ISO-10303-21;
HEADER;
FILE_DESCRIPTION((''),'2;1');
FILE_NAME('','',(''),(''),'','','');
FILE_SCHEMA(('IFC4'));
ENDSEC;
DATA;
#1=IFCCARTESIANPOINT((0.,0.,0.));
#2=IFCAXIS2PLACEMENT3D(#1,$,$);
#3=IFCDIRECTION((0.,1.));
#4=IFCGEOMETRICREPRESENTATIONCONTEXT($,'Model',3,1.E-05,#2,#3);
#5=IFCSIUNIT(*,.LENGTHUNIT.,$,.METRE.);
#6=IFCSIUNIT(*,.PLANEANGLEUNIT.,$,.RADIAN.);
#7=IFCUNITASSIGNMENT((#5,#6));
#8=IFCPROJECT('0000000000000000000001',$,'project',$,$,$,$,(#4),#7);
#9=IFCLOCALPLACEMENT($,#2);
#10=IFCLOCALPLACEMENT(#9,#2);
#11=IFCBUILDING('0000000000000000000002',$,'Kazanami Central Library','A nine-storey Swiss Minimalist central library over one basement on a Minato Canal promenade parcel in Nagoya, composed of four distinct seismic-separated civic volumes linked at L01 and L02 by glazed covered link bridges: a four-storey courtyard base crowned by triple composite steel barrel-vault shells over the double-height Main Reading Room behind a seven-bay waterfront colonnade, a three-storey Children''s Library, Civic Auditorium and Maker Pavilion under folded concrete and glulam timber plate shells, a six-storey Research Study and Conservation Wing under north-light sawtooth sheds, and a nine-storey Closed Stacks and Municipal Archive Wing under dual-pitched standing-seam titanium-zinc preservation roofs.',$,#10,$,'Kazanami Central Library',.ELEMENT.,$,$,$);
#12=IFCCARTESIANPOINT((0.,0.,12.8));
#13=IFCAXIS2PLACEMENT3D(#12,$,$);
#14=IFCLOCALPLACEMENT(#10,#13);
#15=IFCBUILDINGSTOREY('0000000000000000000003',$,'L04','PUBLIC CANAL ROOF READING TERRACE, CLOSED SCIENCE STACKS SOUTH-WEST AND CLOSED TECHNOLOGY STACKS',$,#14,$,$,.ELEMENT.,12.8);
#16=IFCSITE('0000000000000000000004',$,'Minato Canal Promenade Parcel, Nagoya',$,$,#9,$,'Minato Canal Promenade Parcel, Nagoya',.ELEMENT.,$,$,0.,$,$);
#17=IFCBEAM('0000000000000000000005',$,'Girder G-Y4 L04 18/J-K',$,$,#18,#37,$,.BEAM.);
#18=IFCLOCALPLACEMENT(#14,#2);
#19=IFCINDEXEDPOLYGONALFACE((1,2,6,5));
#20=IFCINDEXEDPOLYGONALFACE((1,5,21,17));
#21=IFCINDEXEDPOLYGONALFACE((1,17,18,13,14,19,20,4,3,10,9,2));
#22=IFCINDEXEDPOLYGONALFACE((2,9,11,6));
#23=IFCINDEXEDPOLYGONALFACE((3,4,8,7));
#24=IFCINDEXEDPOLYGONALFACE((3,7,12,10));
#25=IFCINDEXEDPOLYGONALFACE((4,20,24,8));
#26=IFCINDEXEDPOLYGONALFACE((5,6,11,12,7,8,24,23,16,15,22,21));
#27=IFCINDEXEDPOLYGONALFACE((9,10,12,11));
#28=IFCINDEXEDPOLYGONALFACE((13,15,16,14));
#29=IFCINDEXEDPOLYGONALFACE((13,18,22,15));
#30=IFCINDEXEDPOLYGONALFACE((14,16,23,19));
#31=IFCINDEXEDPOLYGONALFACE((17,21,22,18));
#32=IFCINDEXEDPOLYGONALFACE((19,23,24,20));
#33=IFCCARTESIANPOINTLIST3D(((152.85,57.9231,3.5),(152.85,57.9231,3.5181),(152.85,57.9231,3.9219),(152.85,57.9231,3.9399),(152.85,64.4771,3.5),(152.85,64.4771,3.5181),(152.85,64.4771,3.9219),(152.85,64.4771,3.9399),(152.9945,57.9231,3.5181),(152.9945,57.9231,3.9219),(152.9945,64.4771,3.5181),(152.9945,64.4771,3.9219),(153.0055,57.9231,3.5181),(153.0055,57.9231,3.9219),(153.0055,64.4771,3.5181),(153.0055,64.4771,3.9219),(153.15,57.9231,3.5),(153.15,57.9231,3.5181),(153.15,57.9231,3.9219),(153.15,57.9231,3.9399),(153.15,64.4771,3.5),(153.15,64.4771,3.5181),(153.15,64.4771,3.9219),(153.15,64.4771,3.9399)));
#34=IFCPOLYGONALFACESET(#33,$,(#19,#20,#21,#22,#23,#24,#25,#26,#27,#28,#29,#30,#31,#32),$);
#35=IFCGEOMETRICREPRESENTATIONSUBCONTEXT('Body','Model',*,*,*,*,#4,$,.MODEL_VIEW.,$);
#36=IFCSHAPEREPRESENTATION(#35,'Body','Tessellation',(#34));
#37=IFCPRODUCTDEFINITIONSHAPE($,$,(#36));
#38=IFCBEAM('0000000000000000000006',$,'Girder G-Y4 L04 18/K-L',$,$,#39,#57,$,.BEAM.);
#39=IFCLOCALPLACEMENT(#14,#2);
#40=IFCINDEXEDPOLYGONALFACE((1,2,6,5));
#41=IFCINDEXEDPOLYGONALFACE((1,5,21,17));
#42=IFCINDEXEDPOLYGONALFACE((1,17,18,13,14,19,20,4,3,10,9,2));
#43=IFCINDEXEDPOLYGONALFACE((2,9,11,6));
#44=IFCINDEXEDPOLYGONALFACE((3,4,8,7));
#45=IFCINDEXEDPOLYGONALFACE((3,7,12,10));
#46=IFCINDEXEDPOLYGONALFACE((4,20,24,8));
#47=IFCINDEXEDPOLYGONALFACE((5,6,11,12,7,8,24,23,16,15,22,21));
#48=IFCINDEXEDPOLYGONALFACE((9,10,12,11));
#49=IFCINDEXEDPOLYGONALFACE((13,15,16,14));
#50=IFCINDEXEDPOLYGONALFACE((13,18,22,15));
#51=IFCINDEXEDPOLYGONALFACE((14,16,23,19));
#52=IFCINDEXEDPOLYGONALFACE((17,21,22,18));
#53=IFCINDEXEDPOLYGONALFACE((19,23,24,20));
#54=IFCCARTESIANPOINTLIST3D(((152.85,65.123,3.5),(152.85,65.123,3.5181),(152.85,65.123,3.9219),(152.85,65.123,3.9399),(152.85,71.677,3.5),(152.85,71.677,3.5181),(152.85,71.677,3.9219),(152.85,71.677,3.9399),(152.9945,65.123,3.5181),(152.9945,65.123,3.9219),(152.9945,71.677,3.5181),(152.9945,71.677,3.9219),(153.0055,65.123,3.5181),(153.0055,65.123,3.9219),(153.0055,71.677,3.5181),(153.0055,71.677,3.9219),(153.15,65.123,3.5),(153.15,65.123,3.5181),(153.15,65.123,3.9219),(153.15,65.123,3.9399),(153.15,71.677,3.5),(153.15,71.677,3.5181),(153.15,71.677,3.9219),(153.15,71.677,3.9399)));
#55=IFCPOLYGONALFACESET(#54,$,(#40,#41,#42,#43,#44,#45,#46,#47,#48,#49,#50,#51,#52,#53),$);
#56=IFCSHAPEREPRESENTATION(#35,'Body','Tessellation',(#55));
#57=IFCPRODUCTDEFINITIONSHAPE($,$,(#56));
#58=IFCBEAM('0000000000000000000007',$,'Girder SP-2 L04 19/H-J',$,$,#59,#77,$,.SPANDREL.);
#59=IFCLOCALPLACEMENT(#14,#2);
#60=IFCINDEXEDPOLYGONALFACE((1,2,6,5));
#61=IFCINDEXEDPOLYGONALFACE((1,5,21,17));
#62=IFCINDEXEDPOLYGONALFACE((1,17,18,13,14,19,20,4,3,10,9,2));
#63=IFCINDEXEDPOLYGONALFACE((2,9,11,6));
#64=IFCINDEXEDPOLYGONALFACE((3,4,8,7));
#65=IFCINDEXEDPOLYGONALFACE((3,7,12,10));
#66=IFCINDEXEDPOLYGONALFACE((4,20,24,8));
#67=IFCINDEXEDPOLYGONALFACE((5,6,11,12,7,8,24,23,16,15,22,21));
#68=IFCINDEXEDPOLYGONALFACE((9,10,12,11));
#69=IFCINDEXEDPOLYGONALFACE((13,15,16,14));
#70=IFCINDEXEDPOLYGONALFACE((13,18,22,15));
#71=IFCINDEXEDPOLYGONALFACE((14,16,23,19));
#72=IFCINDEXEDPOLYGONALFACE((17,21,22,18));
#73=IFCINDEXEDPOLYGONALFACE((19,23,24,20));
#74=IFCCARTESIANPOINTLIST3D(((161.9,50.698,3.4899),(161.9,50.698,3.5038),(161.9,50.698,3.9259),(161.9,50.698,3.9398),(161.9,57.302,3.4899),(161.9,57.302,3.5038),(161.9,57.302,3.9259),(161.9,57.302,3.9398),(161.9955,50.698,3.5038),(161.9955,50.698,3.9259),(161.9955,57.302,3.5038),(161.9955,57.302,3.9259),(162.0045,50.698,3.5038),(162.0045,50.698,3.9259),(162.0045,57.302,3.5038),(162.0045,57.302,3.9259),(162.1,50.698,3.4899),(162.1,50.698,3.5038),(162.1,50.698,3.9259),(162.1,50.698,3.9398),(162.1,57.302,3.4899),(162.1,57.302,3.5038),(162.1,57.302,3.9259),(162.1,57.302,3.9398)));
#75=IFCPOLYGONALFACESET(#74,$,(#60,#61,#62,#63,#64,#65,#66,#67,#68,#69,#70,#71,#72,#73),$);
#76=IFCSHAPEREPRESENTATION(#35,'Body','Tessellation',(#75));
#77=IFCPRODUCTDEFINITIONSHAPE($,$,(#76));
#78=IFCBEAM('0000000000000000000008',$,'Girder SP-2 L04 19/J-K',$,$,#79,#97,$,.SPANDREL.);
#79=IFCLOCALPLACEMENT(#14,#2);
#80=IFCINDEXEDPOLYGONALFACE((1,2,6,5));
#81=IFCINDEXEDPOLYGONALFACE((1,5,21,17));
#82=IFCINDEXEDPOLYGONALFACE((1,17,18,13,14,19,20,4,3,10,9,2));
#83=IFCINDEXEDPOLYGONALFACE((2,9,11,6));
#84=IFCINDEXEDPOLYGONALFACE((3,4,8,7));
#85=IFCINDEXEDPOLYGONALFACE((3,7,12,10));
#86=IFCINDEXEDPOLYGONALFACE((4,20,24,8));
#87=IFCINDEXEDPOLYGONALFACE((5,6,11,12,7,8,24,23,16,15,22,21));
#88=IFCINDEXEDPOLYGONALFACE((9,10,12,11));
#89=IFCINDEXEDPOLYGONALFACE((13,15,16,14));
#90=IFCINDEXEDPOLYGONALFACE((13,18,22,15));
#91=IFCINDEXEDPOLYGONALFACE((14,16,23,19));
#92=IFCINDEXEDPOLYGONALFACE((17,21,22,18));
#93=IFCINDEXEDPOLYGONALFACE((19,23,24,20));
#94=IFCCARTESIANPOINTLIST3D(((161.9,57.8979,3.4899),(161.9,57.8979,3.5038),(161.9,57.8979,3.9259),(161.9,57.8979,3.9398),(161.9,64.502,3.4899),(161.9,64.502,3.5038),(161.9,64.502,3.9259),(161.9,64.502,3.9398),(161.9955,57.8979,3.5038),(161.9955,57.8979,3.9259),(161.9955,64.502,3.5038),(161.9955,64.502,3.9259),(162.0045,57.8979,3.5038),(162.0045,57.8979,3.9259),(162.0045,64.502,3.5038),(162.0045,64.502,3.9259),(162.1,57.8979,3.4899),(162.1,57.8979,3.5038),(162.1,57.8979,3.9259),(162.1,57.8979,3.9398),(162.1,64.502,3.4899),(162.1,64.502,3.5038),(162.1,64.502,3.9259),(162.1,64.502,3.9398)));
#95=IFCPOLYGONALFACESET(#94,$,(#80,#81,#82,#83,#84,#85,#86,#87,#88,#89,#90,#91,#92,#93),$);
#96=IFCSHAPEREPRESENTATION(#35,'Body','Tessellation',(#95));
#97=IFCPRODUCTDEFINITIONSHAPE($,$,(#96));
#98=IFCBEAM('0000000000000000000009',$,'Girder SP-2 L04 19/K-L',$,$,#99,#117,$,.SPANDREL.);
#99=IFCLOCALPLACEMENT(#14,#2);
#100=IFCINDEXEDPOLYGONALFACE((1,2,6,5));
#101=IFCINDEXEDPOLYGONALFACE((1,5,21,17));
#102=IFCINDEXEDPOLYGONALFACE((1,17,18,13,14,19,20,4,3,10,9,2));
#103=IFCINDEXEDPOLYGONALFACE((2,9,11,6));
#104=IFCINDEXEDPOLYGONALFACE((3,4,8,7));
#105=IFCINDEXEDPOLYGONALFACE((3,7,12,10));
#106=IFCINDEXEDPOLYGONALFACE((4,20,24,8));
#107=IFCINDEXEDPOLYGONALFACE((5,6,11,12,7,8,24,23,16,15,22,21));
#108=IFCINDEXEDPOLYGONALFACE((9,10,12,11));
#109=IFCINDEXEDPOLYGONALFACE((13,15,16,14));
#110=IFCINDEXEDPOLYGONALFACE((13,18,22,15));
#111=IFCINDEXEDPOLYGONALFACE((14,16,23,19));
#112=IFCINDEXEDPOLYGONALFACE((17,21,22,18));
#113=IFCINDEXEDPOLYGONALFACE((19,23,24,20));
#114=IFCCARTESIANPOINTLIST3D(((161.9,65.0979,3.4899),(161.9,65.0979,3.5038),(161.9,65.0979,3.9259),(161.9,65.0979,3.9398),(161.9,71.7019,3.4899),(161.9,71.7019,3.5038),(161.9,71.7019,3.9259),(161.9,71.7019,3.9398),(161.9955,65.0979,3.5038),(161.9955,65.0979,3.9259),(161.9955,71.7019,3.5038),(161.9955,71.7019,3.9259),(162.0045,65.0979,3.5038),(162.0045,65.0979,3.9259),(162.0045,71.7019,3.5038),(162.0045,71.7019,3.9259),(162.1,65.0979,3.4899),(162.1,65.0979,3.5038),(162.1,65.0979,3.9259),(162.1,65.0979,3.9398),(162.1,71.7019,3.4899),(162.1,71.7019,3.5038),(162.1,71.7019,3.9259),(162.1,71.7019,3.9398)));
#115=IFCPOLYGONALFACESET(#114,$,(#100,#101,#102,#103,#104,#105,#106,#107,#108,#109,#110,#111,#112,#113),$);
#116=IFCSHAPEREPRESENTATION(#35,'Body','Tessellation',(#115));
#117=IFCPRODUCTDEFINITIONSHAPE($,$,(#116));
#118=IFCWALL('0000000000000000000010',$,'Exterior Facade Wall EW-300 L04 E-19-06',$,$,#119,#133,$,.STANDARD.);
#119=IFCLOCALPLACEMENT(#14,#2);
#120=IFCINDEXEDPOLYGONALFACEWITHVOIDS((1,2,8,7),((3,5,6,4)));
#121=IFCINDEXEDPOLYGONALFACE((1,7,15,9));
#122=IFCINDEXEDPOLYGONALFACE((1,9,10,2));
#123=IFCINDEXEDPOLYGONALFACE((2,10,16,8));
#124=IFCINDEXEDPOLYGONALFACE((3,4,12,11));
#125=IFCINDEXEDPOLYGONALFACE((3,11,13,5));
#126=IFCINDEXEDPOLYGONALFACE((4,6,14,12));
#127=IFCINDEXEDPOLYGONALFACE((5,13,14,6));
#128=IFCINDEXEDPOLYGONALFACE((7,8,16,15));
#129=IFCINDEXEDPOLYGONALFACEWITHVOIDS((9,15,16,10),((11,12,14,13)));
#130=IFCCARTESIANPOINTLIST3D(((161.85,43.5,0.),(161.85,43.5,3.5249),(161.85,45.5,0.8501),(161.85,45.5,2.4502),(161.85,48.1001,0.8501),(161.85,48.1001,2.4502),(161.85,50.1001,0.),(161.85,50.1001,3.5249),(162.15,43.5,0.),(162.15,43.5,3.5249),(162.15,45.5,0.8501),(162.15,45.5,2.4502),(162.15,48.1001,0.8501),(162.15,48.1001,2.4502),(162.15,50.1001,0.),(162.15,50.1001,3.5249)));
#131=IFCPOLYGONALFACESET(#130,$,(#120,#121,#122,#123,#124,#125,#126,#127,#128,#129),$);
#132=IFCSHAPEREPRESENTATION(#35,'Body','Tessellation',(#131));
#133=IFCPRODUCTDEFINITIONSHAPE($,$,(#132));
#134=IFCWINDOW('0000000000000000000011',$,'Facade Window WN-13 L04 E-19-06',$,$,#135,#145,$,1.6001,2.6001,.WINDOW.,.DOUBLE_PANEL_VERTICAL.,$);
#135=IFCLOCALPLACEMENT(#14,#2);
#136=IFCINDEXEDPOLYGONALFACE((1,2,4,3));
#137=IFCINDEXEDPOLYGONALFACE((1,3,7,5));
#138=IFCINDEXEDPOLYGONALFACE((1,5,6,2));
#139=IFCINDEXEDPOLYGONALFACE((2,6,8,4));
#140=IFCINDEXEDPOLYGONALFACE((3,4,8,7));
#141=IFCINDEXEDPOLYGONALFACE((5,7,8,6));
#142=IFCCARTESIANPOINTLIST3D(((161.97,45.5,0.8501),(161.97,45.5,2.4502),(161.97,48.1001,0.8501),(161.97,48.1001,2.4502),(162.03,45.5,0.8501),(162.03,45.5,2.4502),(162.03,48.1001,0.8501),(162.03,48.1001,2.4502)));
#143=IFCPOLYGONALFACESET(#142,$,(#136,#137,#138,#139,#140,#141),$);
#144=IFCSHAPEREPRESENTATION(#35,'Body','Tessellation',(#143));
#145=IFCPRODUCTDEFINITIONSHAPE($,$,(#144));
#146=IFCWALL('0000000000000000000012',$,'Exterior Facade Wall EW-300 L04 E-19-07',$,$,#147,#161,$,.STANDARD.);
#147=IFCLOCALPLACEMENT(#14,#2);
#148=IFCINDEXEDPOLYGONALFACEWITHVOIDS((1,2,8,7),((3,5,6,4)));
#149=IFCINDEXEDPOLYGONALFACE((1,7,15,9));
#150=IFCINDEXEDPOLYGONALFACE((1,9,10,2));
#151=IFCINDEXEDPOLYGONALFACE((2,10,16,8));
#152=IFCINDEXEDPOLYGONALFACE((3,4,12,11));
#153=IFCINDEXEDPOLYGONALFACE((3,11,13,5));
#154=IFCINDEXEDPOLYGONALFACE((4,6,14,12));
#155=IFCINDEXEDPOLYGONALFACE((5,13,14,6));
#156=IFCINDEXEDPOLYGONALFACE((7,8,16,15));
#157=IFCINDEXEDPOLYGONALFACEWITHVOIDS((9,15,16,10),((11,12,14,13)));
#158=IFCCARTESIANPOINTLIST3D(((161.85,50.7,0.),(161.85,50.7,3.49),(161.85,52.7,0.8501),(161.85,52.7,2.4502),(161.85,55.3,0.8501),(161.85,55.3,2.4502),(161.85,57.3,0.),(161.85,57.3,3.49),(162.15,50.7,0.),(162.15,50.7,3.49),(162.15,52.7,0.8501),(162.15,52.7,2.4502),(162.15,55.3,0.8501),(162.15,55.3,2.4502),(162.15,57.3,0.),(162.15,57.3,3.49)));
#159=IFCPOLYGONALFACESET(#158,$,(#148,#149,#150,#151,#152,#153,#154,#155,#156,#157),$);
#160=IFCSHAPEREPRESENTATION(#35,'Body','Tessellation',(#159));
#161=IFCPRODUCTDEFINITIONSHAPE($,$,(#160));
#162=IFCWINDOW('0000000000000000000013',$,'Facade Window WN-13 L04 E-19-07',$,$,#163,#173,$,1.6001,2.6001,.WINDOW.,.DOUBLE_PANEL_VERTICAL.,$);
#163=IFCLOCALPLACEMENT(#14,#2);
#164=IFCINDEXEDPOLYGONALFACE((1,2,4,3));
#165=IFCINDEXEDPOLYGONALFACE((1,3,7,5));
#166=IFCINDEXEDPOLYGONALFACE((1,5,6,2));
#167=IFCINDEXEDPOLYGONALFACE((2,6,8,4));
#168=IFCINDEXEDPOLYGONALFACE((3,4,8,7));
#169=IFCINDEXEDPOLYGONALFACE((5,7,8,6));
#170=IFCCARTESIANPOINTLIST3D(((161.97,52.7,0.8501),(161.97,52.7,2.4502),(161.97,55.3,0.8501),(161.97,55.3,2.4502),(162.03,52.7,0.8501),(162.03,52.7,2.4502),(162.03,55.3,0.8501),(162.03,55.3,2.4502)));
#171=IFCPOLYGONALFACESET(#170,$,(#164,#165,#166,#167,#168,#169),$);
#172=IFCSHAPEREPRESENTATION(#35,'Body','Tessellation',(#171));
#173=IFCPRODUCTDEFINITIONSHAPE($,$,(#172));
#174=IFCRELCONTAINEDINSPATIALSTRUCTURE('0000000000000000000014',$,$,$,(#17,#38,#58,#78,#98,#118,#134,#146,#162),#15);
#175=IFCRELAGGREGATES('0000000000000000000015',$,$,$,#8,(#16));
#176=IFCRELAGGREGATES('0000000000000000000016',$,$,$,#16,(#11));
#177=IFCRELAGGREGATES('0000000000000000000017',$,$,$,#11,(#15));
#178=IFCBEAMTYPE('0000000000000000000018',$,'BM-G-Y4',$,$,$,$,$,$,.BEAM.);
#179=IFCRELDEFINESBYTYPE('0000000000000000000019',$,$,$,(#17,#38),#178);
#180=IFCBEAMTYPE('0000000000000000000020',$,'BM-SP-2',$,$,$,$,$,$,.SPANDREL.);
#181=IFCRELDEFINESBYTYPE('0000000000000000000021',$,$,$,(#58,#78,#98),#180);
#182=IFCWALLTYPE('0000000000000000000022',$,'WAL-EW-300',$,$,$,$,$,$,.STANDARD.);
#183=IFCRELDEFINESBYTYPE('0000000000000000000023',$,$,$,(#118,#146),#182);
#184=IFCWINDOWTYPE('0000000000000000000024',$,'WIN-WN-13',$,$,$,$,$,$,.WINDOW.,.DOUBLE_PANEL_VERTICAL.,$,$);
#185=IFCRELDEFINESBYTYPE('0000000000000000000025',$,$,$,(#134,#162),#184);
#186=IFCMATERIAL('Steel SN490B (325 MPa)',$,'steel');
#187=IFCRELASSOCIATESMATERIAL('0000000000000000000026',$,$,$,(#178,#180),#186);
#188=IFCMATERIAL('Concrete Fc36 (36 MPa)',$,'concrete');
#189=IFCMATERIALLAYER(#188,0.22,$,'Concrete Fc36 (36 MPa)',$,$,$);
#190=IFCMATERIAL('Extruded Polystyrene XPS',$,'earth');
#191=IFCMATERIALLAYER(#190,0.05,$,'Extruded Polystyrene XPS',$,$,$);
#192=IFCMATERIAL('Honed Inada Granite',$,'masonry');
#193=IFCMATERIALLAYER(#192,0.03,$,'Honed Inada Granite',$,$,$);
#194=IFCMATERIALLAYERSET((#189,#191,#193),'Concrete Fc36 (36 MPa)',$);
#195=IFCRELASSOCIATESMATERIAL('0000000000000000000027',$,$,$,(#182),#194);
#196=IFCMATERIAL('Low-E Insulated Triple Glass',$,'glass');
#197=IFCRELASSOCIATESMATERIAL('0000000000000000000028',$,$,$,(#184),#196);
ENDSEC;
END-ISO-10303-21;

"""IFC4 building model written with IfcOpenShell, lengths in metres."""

from ifc_helpers import new_model, si_unit, direction, frame, frame_2d, origin, origin_2d, place, context, subcontext, project, spatial, rectangle, i_section, extrude, material, layer, layer_set, material_profile, profile_set, type_object, element, fill, save


model = new_model("IFC4")

# Units and contexts
model_context = context("Model", 3, precision=1e-05, world=origin(), true_north=direction((0.0, 1.0)))
body_context = subcontext(model_context, "Body", "Model", "MODEL_VIEW")
ifc_project = project(units=[si_unit("LENGTHUNIT", "METRE"), si_unit("PLANEANGLEUNIT", "RADIAN")], contexts=[model_context])

# Site, building, storey
site_placement = place(None, origin())
site = spatial("IfcSite", under=ifc_project, at=site_placement, Name="Minato Canal Promenade Parcel, Nagoya", LongName="Minato Canal Promenade Parcel, Nagoya", CompositionType="ELEMENT", RefElevation=0.0)
building_placement = place(site_placement, origin())
building = spatial("IfcBuilding", under=site, at=building_placement, Name="Kazanami Central Library", Description="A nine-storey Swiss Minimalist central library over one basement on a Minato Canal promenade parcel in Nagoya, composed of four distinct seismic-separated civic volumes linked at L01 and L02 by glazed covered link bridges: a four-storey courtyard base crowned by triple composite steel barrel-vault shells over the double-height Main Reading Room behind a seven-bay waterfront colonnade, a three-storey Children's Library, Civic Auditorium and Maker Pavilion under folded concrete and glulam timber plate shells, a six-storey Research Study and Conservation Wing under north-light sawtooth sheds, and a nine-storey Closed Stacks and Municipal Archive Wing under dual-pitched standing-seam titanium-zinc preservation roofs.", LongName="Kazanami Central Library", CompositionType="ELEMENT")
storey_placement = place(building_placement, frame((0.0, 0.0, 12.8)))
storey = spatial("IfcBuildingStorey", under=building, at=storey_placement, Name="L04", Description="PUBLIC CANAL ROOF READING TERRACE, CLOSED SCIENCE STACKS SOUTH-WEST AND CLOSED TECHNOLOGY STACKS", CompositionType="ELEMENT", Elevation=12.8)

# Beams
ifc_material_1 = material(Name="Steel SN490B (325 MPa)", Category="steel")
ifc_material_profile_1 = material_profile(ifc_material_1, i_section(OverallWidth=0.3, OverallDepth=0.4399, WebThickness=0.011, FlangeThickness=0.0181, at=origin_2d()), Name="H-440x300x11x18")
ifc_profile_set_1 = profile_set([ifc_material_profile_1], Name="Steel SN490B (325 MPa)")
beam_type_1 = type_object("IfcBeamType", Name="BM-G-Y4", PredefinedType="BEAM", material=ifc_profile_set_1)
for number, where, z_axis, x_axis, name in (
    (1, (153.0, 57.9231, 3.72), (0.0, 1.0, 0.0), (-1.0, 0.0, 0.0), "Girder G-Y4 L04 18/J-K"),
    (2, (153.0, 65.123, 3.72), (0.0, 1.0, 0.0), (-1.0, 0.0, 0.0), "Girder G-Y4 L04 18/K-L"),
):
    element("IfcBeam", number, at=place(storey_placement, frame(where, z_axis=z_axis, x_axis=x_axis)), inside=storey, type_object=beam_type_1, Name=name, PredefinedType="BEAM", context=body_context, shape_type="SweptSolid", body=[
        extrude(i_section(OverallWidth=0.3, OverallDepth=0.4399, WebThickness=0.011, FlangeThickness=0.0181, at=origin_2d()), origin(), (0.0, 0.0, 1.0), 6.554),
    ])
ifc_material_profile_2 = material_profile(ifc_material_1, i_section(OverallWidth=0.2, OverallDepth=0.45, WebThickness=0.009, FlangeThickness=0.0139, at=origin_2d()), Name="H-450x200x9x14")
ifc_profile_set_2 = profile_set([ifc_material_profile_2], Name="Steel SN490B (325 MPa)")
beam_type_2 = type_object("IfcBeamType", Name="BM-SP-2", PredefinedType="SPANDREL", material=ifc_profile_set_2)
for number, where, z_axis, x_axis, name in (
    (3, (162.0, 50.698, 3.7148), (0.0, 1.0, 0.0), (-1.0, 0.0, 0.0), "Girder SP-2 L04 19/H-J"),
    (4, (162.0, 57.8979, 3.7148), (0.0, 1.0, 0.0), (-1.0, 0.0, 0.0), "Girder SP-2 L04 19/J-K"),
    (5, (162.0, 65.0979, 3.7148), (0.0, 1.0, 0.0), (-1.0, 0.0, 0.0), "Girder SP-2 L04 19/K-L"),
):
    element("IfcBeam", number, at=place(storey_placement, frame(where, z_axis=z_axis, x_axis=x_axis)), inside=storey, type_object=beam_type_2, Name=name, PredefinedType="SPANDREL", context=body_context, shape_type="SweptSolid", body=[
        extrude(i_section(OverallWidth=0.2, OverallDepth=0.45, WebThickness=0.009, FlangeThickness=0.0139, at=origin_2d()), origin(), (0.0, 0.0, 1.0), 6.604),
    ])

# Walls, openings, windows
ifc_material_2 = material(Name="Concrete Fc36 (36 MPa)", Category="concrete")
ifc_layer_1 = layer(ifc_material_2, 0.22, Name="Concrete Fc36 (36 MPa)")
ifc_material_3 = material(Name="Extruded Polystyrene XPS", Category="earth")
ifc_layer_2 = layer(ifc_material_3, 0.05, Name="Extruded Polystyrene XPS")
ifc_material_4 = material(Name="Honed Inada Granite", Category="masonry")
ifc_layer_3 = layer(ifc_material_4, 0.03, Name="Honed Inada Granite")
ifc_layer_set = layer_set([ifc_layer_1, ifc_layer_2, ifc_layer_3], Name="Concrete Fc36 (36 MPa)")
wall_type = type_object("IfcWallType", Name="WAL-EW-300", PredefinedType="STANDARD", material=ifc_layer_set)
wall_1_placement = place(storey_placement, frame((162.0, 50.1001, 0.0), z_axis=(0.0, 0.0, 1.0), x_axis=(0.0, -1.0, 0.0)))
wall_1 = element("IfcWall", 6, at=wall_1_placement, inside=storey, type_object=wall_type, Name="Exterior Facade Wall EW-300 L04 E-19-06", PredefinedType="STANDARD", context=body_context, shape_type="SweptSolid", body=[
    extrude(rectangle(XDim=6.6001, YDim=0.3, at=frame_2d((3.3, 0.0))), origin(), (0.0, 0.0, 1.0), 3.5249),
])
opening_1_placement = place(wall_1_placement, frame((2.0, 0.0, 0.8501)))
opening_1 = element("IfcOpeningElement", 7, at=opening_1_placement, cuts=wall_1, PredefinedType="OPENING", context=body_context, shape_type="SweptSolid", body=[
    extrude(rectangle(XDim=2.6001, YDim=1.6001, at=frame_2d((1.3, 0.8))), frame((0.0, 0.1621, 0.0), z_axis=(0.0, -1.0, 0.0), x_axis=(1.0, 0.0, 0.0)), (0.0, 0.0, 1.0), 0.324),
])
ifc_material_5 = material(Name="Low-E Insulated Triple Glass", Category="glass")
window_type = type_object("IfcWindowType", Name="WIN-WN-13", PartitioningType="DOUBLE_PANEL_VERTICAL", PredefinedType="WINDOW", material=ifc_material_5)
window_1_placement = place(opening_1_placement, origin())
window_1 = element("IfcWindow", 8, at=window_1_placement, inside=storey, type_object=window_type, Name="Facade Window WN-13 L04 E-19-06", OverallHeight=1.6001, OverallWidth=2.6001, PartitioningType="DOUBLE_PANEL_VERTICAL", PredefinedType="WINDOW", context=body_context, shape_type="SweptSolid", body=[
    extrude(rectangle(XDim=2.6001, YDim=1.6001, at=frame_2d((1.3, 0.8))), frame((0.0, 0.03, 0.0), z_axis=(0.0, -1.0, 0.0), x_axis=(1.0, 0.0, 0.0)), (0.0, 0.0, 1.0), 0.0601),
])
fill(opening_1, window_1)
wall_2_placement = place(storey_placement, frame((162.0, 57.3, 0.0), z_axis=(0.0, 0.0, 1.0), x_axis=(0.0, -1.0, 0.0)))
wall_2 = element("IfcWall", 9, at=wall_2_placement, inside=storey, type_object=wall_type, Name="Exterior Facade Wall EW-300 L04 E-19-07", PredefinedType="STANDARD", context=body_context, shape_type="SweptSolid", body=[
    extrude(rectangle(XDim=6.6001, YDim=0.3, at=frame_2d((3.3, 0.0))), origin(), (0.0, 0.0, 1.0), 3.49),
])
opening_2_placement = place(wall_2_placement, frame((2.0, 0.0, 0.8501)))
opening_2 = element("IfcOpeningElement", 10, at=opening_2_placement, cuts=wall_2, PredefinedType="OPENING", context=body_context, shape_type="SweptSolid", body=[
    extrude(rectangle(XDim=2.6001, YDim=1.6001, at=frame_2d((1.3, 0.8))), frame((0.0, 0.1621, 0.0), z_axis=(0.0, -1.0, 0.0), x_axis=(1.0, 0.0, 0.0)), (0.0, 0.0, 1.0), 0.324),
])
window_2_placement = place(opening_2_placement, origin())
window_2 = element("IfcWindow", 11, at=window_2_placement, inside=storey, type_object=window_type, Name="Facade Window WN-13 L04 E-19-07", OverallHeight=1.6001, OverallWidth=2.6001, PartitioningType="DOUBLE_PANEL_VERTICAL", PredefinedType="WINDOW", context=body_context, shape_type="SweptSolid", body=[
    extrude(rectangle(XDim=2.6001, YDim=1.6001, at=frame_2d((1.3, 0.8))), frame((0.0, 0.03, 0.0), z_axis=(0.0, -1.0, 0.0), x_axis=(1.0, 0.0, 0.0)), (0.0, 0.0, 1.0), 0.0601),
])
fill(opening_2, window_2)

save(model, "model.ifc")
